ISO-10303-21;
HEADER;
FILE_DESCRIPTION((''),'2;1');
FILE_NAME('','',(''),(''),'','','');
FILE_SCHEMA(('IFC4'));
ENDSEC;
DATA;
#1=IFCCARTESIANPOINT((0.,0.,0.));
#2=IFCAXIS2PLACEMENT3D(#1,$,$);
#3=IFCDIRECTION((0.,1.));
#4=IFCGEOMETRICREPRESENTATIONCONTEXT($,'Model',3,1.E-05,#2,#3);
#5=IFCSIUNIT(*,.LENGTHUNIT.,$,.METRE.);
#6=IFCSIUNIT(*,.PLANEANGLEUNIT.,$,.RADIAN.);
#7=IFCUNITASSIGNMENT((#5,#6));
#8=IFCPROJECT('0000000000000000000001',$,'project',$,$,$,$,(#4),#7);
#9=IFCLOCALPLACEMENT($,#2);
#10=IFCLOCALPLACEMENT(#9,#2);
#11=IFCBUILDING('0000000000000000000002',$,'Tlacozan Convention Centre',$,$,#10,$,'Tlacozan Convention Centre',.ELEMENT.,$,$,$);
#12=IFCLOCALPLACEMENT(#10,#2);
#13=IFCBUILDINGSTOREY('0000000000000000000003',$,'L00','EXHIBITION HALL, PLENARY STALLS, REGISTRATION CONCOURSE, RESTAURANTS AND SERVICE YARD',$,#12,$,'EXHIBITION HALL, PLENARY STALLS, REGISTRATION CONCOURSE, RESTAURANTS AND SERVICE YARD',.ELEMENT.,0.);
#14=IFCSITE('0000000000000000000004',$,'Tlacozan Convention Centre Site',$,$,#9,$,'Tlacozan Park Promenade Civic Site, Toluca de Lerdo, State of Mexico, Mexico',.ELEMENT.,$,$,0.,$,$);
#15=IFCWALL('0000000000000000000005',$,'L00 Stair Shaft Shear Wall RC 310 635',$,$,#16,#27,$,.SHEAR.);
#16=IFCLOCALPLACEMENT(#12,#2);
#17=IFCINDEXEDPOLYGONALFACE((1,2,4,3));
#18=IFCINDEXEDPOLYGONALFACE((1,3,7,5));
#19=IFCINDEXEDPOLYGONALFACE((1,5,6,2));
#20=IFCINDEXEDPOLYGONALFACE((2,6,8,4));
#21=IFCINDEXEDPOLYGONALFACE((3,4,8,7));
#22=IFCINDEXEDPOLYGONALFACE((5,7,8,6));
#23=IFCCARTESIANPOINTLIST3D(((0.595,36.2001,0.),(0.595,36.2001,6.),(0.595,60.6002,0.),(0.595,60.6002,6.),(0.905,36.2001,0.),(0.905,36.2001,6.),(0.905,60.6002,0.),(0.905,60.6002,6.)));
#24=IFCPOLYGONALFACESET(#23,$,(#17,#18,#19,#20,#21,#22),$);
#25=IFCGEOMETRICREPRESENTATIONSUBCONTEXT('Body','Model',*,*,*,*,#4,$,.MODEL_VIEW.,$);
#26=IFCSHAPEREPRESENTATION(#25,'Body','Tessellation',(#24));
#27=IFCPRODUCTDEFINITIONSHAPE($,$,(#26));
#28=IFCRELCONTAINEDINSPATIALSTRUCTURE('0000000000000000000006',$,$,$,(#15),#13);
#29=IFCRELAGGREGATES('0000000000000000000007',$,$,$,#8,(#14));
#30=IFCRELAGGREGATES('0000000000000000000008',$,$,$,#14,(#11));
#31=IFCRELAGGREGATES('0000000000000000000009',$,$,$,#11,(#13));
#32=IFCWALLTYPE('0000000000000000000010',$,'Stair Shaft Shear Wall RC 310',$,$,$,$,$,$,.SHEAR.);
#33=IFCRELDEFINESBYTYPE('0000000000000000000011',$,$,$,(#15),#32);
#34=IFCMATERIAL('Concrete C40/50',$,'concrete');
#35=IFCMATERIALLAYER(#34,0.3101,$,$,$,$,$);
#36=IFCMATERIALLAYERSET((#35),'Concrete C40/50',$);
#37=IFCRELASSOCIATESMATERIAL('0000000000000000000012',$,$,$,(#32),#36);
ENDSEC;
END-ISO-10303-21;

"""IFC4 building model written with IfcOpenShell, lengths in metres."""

from ifc_helpers import new_model, si_unit, direction, frame, frame_2d, origin, place, context, subcontext, project, spatial, rectangle, extrude, material, layer, layer_set, type_object, element, save


model = new_model("IFC4")

# Units and contexts
model_context = context("Model", 3, precision=1e-05, world=origin(), true_north=direction((0.0, 1.0)))
body_context = subcontext(model_context, "Body", "Model", "MODEL_VIEW")
ifc_project = project(units=[si_unit("LENGTHUNIT", "METRE"), si_unit("PLANEANGLEUNIT", "RADIAN")], contexts=[model_context])

# Site, building, storey
site_placement = place(None, origin())
site = spatial("IfcSite", under=ifc_project, at=site_placement, Name="Tlacozan Convention Centre Site", LongName="Tlacozan Park Promenade Civic Site, Toluca de Lerdo, State of Mexico, Mexico", CompositionType="ELEMENT", RefElevation=0.0)
building_placement = place(site_placement, origin())
building = spatial("IfcBuilding", under=site, at=building_placement, Name="Tlacozan Convention Centre", LongName="Tlacozan Convention Centre", CompositionType="ELEMENT")
storey_placement = place(building_placement, origin())
storey = spatial("IfcBuildingStorey", under=building, at=storey_placement, Name="L00", Description="EXHIBITION HALL, PLENARY STALLS, REGISTRATION CONCOURSE, RESTAURANTS AND SERVICE YARD", LongName="EXHIBITION HALL, PLENARY STALLS, REGISTRATION CONCOURSE, RESTAURANTS AND SERVICE YARD", CompositionType="ELEMENT", Elevation=0.0)

# Wall
ifc_material_1 = material(Name="Concrete C40/50", Category="concrete")
ifc_layer_1 = layer(ifc_material_1, 0.3101)
ifc_layer_set_1 = layer_set([ifc_layer_1], Name="Concrete C40/50")
wall_type_1 = type_object("IfcWallType", Name="Stair Shaft Shear Wall RC 310", PredefinedType="SHEAR", material=ifc_layer_set_1)
for number, where, z_axis, x_axis, name in (
    (1, (0.75, 36.2, 0.0), (0.0, 0.0, 1.0), (0.0, 1.0, 0.0), "L00 Stair Shaft Shear Wall RC 310 635"),
):
    element("IfcWall", number, at=place(storey_placement, frame(where, z_axis=z_axis, x_axis=x_axis)), inside=storey, type_object=wall_type_1, Name=name, PredefinedType="SHEAR", context=body_context, shape_type="SweptSolid", body=[
        extrude(rectangle(XDim=24.4001, YDim=0.3101, at=frame_2d((12.2002, 0.0))), origin(), (0.0, 0.0, 1.0), 6.0),
    ])

save(model, "model.ifc")
